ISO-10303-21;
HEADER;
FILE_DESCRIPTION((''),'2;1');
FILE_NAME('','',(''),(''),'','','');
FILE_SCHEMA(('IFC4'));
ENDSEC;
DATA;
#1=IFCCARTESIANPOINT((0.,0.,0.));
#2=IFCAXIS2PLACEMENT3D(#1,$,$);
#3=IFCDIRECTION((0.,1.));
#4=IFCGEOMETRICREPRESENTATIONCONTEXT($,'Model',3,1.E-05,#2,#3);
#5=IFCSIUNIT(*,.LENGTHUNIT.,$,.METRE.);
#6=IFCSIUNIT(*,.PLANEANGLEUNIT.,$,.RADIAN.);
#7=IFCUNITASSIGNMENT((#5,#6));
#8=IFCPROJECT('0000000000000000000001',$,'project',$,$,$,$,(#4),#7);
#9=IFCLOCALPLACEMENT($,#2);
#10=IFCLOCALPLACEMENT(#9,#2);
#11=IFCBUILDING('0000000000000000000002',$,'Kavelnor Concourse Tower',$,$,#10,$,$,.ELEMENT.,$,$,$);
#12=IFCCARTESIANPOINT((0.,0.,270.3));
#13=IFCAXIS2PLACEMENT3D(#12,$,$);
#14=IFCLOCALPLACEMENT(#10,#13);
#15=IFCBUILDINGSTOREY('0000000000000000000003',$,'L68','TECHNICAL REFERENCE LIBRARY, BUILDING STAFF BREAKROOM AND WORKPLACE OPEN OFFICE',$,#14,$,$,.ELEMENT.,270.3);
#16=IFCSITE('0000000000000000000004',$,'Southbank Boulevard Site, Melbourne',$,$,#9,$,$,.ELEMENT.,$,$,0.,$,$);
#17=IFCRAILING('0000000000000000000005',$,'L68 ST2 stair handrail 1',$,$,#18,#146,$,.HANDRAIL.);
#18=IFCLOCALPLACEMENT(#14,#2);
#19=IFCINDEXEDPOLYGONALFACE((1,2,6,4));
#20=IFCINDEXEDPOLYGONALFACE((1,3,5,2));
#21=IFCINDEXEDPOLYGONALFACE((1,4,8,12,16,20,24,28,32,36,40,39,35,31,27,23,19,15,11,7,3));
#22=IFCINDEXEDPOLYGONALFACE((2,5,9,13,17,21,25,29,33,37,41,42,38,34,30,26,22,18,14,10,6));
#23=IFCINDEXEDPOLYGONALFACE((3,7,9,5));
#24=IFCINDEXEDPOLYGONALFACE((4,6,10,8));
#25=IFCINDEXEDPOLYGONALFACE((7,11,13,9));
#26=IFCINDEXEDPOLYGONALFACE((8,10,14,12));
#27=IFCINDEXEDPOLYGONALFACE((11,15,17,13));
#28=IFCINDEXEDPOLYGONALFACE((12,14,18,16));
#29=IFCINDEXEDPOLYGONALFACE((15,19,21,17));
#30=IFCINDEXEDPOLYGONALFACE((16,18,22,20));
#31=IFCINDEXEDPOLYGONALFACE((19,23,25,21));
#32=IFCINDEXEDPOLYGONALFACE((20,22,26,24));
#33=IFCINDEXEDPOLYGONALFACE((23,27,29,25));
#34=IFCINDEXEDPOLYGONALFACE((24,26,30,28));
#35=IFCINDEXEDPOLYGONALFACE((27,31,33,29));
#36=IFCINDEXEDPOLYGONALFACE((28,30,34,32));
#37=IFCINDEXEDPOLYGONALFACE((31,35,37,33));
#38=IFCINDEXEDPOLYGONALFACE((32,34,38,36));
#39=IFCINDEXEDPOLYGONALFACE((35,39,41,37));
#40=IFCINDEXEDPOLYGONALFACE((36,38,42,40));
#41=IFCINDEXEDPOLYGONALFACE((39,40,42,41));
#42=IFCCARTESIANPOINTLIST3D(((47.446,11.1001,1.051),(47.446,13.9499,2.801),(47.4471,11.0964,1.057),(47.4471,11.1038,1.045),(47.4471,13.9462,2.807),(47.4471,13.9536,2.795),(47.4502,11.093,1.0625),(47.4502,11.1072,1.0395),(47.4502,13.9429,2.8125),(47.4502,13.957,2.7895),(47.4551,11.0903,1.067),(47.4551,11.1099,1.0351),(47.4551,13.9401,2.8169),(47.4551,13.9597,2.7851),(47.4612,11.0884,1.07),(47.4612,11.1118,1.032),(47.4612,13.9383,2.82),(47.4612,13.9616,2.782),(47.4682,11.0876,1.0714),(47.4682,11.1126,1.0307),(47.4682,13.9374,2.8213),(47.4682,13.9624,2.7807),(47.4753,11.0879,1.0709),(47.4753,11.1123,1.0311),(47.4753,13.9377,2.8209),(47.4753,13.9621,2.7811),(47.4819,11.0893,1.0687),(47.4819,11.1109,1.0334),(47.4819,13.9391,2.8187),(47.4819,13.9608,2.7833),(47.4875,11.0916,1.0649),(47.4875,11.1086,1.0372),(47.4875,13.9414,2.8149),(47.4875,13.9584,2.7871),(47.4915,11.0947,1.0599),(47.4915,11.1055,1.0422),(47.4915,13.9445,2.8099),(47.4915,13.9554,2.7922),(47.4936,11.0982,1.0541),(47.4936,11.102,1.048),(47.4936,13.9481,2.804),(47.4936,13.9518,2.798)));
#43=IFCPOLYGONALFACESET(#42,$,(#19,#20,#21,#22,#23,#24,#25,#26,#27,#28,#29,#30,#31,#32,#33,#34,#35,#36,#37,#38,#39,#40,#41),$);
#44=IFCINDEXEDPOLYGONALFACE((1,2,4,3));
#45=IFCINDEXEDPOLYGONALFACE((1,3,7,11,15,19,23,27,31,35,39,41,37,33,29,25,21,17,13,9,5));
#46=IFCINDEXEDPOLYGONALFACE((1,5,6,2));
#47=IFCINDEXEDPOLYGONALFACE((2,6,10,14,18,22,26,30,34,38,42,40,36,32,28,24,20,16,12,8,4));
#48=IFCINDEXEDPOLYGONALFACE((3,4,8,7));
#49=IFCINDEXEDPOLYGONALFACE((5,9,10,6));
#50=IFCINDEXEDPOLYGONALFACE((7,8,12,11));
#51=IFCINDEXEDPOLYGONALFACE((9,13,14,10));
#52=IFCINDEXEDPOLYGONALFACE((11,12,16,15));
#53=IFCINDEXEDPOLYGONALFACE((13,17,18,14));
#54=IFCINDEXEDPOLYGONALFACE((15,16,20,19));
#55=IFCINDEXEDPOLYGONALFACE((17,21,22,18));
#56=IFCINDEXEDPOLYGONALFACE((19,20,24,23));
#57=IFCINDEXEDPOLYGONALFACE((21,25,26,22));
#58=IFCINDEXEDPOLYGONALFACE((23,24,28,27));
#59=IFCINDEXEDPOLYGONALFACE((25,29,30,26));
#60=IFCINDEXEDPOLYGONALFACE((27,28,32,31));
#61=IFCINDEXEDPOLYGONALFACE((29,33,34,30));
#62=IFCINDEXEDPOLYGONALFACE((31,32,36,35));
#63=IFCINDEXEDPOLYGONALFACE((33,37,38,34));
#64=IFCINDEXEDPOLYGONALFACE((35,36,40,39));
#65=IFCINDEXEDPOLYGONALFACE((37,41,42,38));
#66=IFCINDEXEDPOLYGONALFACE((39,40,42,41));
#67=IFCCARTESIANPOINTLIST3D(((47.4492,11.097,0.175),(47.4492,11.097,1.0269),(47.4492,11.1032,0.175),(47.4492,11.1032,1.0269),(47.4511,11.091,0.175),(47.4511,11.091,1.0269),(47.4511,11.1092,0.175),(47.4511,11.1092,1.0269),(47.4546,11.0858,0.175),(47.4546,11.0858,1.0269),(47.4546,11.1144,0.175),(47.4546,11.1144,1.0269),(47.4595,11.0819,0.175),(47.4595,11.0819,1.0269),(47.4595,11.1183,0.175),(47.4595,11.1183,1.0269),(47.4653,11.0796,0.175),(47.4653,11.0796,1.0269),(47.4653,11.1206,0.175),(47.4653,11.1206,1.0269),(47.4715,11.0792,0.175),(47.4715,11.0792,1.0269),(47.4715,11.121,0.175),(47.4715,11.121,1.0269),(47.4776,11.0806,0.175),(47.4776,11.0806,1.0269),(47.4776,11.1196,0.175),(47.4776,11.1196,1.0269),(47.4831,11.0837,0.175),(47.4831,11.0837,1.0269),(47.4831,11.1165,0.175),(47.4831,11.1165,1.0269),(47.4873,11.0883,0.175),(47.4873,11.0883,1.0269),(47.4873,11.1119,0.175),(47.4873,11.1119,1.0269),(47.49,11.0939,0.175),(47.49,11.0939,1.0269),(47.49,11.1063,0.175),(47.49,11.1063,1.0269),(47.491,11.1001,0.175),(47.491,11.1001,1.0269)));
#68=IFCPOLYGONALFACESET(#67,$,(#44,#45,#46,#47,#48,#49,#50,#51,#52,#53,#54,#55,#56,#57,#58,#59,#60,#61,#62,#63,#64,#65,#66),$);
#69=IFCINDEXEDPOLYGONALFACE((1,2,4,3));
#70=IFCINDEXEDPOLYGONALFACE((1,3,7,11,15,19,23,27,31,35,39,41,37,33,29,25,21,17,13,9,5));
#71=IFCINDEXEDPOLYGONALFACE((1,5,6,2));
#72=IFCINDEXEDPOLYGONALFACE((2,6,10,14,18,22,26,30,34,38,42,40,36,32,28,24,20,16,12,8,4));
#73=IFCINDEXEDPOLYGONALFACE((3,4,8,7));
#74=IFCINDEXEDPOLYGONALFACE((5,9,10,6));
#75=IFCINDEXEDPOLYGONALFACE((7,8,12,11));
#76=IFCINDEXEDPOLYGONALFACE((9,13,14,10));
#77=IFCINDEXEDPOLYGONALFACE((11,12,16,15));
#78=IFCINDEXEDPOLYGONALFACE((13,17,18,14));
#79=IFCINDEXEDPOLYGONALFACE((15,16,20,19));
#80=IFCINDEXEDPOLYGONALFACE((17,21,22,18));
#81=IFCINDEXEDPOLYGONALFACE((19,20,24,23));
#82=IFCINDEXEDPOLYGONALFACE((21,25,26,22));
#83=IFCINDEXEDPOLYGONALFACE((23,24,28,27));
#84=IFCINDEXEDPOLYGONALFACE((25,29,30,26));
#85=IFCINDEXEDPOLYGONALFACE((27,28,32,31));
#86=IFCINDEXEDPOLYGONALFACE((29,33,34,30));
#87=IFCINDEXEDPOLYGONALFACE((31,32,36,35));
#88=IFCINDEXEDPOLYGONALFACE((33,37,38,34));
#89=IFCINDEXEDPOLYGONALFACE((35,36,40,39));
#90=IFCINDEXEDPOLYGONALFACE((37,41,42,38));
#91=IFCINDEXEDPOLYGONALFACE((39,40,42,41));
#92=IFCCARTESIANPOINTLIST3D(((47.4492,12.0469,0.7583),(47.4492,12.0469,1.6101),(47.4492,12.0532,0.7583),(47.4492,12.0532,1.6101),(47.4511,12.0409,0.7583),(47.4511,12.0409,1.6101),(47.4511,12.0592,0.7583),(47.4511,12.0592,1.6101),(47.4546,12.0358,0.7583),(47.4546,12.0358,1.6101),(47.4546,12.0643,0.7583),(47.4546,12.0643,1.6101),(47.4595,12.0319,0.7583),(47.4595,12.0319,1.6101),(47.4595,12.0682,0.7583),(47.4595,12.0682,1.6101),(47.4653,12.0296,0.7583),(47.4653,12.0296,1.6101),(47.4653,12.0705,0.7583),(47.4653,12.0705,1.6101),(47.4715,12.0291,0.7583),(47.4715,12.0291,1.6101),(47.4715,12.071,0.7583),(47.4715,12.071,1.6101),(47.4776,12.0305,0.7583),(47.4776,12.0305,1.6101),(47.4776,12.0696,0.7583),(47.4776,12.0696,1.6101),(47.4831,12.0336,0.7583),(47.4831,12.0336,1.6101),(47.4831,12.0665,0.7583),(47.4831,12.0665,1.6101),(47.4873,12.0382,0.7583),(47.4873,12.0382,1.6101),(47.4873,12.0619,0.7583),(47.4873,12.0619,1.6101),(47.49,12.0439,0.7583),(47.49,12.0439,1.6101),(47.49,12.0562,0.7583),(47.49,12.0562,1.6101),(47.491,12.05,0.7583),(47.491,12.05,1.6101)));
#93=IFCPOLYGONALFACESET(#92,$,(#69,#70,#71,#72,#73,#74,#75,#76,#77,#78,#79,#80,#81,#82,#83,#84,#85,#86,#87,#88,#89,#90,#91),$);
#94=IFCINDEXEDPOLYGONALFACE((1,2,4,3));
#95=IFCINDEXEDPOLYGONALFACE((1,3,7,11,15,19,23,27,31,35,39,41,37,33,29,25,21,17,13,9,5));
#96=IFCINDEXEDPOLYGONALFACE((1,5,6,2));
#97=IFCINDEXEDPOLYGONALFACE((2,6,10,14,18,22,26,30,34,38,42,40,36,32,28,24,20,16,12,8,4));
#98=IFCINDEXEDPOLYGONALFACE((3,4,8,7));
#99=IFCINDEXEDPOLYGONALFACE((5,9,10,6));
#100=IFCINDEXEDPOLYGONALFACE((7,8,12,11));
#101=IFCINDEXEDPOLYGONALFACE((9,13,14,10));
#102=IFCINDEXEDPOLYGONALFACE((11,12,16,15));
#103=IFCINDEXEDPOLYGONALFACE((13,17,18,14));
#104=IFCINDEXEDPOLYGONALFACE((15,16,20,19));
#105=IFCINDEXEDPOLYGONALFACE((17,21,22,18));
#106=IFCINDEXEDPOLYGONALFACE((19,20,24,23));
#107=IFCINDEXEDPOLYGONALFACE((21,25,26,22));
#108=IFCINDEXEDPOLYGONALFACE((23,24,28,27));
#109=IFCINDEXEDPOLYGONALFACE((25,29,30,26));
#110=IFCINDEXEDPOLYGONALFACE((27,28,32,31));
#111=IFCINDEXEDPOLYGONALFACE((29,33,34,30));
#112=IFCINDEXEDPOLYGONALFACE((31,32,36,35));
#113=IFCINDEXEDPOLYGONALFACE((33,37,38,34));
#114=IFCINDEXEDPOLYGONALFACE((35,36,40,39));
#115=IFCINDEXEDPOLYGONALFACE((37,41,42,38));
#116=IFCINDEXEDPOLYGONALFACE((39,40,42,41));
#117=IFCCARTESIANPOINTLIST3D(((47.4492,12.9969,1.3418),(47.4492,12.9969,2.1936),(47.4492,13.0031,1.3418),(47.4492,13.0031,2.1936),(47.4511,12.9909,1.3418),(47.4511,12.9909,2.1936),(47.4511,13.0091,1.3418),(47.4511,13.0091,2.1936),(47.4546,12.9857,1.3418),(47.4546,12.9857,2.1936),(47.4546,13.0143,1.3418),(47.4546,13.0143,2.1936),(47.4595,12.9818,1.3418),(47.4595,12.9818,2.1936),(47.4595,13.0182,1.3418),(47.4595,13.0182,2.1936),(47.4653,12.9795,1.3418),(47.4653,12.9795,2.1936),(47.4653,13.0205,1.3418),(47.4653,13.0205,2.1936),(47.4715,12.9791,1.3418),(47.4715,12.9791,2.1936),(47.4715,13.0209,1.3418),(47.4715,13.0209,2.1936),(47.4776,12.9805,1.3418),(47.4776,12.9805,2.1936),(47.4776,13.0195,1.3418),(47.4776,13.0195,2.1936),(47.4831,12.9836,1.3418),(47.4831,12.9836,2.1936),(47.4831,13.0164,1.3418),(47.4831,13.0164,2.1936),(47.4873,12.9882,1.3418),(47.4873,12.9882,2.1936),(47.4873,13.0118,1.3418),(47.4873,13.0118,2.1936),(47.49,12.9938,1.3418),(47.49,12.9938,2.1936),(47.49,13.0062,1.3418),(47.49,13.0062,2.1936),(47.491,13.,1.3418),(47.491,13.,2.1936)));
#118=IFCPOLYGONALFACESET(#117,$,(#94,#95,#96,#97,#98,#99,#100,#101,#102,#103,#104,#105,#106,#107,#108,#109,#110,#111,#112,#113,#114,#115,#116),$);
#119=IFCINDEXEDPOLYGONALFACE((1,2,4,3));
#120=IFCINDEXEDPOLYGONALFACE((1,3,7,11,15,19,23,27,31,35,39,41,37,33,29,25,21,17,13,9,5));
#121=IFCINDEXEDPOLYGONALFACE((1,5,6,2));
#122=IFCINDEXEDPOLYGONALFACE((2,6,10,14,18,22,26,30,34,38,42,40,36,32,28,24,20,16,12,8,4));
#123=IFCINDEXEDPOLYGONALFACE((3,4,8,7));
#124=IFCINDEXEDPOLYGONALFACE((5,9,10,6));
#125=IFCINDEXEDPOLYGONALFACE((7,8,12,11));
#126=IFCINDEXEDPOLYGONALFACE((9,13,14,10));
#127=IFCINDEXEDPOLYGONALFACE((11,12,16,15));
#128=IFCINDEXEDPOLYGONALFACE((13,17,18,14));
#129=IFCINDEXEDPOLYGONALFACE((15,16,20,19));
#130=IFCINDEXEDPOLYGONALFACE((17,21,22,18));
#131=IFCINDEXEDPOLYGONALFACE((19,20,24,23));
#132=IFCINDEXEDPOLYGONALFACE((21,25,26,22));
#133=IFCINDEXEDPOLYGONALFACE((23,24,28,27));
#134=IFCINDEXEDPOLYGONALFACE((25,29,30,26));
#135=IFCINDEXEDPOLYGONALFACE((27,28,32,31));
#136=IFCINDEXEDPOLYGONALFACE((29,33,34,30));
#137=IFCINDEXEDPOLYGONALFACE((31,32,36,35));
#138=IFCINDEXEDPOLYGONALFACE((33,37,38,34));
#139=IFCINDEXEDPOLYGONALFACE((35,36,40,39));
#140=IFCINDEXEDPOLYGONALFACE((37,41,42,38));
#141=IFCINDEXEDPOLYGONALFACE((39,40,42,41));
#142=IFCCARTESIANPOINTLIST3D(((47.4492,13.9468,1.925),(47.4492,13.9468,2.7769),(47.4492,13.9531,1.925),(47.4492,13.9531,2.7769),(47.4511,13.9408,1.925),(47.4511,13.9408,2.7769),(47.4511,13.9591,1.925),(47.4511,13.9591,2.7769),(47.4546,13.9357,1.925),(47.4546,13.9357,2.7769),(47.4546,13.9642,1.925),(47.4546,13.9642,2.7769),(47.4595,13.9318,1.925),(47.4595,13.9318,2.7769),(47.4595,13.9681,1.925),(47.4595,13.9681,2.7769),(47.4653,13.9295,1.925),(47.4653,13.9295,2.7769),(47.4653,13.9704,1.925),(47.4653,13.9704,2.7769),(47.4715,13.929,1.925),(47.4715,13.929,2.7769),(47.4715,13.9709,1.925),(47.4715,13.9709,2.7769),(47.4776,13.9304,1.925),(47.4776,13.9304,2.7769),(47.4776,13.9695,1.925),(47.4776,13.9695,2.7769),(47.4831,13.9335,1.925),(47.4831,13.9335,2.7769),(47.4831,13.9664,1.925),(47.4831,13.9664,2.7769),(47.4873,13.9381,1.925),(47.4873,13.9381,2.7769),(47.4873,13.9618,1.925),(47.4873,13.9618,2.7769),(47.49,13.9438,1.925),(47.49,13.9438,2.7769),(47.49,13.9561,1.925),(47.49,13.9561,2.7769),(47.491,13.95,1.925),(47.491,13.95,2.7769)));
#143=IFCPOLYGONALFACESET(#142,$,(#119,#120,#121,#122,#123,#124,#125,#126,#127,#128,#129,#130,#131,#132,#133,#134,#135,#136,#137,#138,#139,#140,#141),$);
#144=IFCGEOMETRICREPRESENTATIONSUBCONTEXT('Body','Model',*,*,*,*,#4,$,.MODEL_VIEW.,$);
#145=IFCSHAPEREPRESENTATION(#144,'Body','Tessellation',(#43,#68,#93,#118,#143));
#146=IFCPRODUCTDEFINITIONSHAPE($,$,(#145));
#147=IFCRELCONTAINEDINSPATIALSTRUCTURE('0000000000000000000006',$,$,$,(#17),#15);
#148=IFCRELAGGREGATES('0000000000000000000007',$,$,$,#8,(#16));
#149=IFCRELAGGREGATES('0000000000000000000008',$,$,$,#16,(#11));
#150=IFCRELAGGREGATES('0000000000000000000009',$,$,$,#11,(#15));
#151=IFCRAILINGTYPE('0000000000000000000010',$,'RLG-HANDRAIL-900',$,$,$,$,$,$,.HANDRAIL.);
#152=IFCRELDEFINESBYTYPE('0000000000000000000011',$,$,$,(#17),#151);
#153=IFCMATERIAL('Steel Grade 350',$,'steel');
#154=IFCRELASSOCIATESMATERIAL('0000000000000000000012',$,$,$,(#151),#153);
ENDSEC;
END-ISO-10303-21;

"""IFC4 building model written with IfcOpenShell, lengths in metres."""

from ifc_helpers import new_model, si_unit, direction, frame, origin, origin_2d, place, context, subcontext, project, spatial, circle, extrude, material, type_object, element, save


model = new_model("IFC4")

# Units and contexts
model_context = context("Model", 3, precision=1e-05, world=origin(), true_north=direction((0.0, 1.0)))
body_context = subcontext(model_context, "Body", "Model", "MODEL_VIEW")
ifc_project = project(units=[si_unit("LENGTHUNIT", "METRE"), si_unit("PLANEANGLEUNIT", "RADIAN")], contexts=[model_context])

# Site, building, storey
site_placement = place(None, origin())
site = spatial("IfcSite", under=ifc_project, at=site_placement, Name="Southbank Boulevard Site, Melbourne", CompositionType="ELEMENT", RefElevation=0.0)
building_placement = place(site_placement, origin())
building = spatial("IfcBuilding", under=site, at=building_placement, Name="Kavelnor Concourse Tower", CompositionType="ELEMENT")
storey_placement = place(building_placement, frame((0.0, 0.0, 270.3)))
storey = spatial("IfcBuildingStorey", under=building, at=storey_placement, Name="L68", Description="TECHNICAL REFERENCE LIBRARY, BUILDING STAFF BREAKROOM AND WORKPLACE OPEN OFFICE", CompositionType="ELEMENT", Elevation=270.3)

# Shared definitions
ifc_material_1 = material(Name="Steel Grade 350", Category="steel")

# Railing
railing_type_1 = type_object("IfcRailingType", Name="RLG-HANDRAIL-900", PredefinedType="HANDRAIL", material=ifc_material_1)
railing_1_placement = place(storey_placement, frame((47.47, 11.1001, 0.175)))
element("IfcRailing", 1, at=railing_1_placement, inside=storey, type_object=railing_type_1, Name="L68 ST2 stair handrail 1", PredefinedType="HANDRAIL", context=body_context, shape_type="SweptSolid", body=[
    extrude(circle(Radius=0.0239, at=origin_2d()), frame((0.0, 0.0, 0.876), z_axis=(0.0, 0.852159, 0.523283), x_axis=(-1.0, 0.0, 0.0)), (0.0, 0.0, 1.0), 3.3442),
    extrude(circle(Radius=0.021, at=origin_2d()), origin(), (0.0, 0.0, 1.0), 0.8518),
    extrude(circle(Radius=0.021, at=origin_2d()), frame((0.0, 0.95, 0.5833)), (0.0, 0.0, 1.0), 0.8518),
    extrude(circle(Radius=0.021, at=origin_2d()), frame((0.0, 1.8999, 1.1667)), (0.0, 0.0, 1.0), 0.8518),
    extrude(circle(Radius=0.021, at=origin_2d()), frame((0.0, 2.8499, 1.75)), (0.0, 0.0, 1.0), 0.8518),
])

save(model, "model.ifc")
